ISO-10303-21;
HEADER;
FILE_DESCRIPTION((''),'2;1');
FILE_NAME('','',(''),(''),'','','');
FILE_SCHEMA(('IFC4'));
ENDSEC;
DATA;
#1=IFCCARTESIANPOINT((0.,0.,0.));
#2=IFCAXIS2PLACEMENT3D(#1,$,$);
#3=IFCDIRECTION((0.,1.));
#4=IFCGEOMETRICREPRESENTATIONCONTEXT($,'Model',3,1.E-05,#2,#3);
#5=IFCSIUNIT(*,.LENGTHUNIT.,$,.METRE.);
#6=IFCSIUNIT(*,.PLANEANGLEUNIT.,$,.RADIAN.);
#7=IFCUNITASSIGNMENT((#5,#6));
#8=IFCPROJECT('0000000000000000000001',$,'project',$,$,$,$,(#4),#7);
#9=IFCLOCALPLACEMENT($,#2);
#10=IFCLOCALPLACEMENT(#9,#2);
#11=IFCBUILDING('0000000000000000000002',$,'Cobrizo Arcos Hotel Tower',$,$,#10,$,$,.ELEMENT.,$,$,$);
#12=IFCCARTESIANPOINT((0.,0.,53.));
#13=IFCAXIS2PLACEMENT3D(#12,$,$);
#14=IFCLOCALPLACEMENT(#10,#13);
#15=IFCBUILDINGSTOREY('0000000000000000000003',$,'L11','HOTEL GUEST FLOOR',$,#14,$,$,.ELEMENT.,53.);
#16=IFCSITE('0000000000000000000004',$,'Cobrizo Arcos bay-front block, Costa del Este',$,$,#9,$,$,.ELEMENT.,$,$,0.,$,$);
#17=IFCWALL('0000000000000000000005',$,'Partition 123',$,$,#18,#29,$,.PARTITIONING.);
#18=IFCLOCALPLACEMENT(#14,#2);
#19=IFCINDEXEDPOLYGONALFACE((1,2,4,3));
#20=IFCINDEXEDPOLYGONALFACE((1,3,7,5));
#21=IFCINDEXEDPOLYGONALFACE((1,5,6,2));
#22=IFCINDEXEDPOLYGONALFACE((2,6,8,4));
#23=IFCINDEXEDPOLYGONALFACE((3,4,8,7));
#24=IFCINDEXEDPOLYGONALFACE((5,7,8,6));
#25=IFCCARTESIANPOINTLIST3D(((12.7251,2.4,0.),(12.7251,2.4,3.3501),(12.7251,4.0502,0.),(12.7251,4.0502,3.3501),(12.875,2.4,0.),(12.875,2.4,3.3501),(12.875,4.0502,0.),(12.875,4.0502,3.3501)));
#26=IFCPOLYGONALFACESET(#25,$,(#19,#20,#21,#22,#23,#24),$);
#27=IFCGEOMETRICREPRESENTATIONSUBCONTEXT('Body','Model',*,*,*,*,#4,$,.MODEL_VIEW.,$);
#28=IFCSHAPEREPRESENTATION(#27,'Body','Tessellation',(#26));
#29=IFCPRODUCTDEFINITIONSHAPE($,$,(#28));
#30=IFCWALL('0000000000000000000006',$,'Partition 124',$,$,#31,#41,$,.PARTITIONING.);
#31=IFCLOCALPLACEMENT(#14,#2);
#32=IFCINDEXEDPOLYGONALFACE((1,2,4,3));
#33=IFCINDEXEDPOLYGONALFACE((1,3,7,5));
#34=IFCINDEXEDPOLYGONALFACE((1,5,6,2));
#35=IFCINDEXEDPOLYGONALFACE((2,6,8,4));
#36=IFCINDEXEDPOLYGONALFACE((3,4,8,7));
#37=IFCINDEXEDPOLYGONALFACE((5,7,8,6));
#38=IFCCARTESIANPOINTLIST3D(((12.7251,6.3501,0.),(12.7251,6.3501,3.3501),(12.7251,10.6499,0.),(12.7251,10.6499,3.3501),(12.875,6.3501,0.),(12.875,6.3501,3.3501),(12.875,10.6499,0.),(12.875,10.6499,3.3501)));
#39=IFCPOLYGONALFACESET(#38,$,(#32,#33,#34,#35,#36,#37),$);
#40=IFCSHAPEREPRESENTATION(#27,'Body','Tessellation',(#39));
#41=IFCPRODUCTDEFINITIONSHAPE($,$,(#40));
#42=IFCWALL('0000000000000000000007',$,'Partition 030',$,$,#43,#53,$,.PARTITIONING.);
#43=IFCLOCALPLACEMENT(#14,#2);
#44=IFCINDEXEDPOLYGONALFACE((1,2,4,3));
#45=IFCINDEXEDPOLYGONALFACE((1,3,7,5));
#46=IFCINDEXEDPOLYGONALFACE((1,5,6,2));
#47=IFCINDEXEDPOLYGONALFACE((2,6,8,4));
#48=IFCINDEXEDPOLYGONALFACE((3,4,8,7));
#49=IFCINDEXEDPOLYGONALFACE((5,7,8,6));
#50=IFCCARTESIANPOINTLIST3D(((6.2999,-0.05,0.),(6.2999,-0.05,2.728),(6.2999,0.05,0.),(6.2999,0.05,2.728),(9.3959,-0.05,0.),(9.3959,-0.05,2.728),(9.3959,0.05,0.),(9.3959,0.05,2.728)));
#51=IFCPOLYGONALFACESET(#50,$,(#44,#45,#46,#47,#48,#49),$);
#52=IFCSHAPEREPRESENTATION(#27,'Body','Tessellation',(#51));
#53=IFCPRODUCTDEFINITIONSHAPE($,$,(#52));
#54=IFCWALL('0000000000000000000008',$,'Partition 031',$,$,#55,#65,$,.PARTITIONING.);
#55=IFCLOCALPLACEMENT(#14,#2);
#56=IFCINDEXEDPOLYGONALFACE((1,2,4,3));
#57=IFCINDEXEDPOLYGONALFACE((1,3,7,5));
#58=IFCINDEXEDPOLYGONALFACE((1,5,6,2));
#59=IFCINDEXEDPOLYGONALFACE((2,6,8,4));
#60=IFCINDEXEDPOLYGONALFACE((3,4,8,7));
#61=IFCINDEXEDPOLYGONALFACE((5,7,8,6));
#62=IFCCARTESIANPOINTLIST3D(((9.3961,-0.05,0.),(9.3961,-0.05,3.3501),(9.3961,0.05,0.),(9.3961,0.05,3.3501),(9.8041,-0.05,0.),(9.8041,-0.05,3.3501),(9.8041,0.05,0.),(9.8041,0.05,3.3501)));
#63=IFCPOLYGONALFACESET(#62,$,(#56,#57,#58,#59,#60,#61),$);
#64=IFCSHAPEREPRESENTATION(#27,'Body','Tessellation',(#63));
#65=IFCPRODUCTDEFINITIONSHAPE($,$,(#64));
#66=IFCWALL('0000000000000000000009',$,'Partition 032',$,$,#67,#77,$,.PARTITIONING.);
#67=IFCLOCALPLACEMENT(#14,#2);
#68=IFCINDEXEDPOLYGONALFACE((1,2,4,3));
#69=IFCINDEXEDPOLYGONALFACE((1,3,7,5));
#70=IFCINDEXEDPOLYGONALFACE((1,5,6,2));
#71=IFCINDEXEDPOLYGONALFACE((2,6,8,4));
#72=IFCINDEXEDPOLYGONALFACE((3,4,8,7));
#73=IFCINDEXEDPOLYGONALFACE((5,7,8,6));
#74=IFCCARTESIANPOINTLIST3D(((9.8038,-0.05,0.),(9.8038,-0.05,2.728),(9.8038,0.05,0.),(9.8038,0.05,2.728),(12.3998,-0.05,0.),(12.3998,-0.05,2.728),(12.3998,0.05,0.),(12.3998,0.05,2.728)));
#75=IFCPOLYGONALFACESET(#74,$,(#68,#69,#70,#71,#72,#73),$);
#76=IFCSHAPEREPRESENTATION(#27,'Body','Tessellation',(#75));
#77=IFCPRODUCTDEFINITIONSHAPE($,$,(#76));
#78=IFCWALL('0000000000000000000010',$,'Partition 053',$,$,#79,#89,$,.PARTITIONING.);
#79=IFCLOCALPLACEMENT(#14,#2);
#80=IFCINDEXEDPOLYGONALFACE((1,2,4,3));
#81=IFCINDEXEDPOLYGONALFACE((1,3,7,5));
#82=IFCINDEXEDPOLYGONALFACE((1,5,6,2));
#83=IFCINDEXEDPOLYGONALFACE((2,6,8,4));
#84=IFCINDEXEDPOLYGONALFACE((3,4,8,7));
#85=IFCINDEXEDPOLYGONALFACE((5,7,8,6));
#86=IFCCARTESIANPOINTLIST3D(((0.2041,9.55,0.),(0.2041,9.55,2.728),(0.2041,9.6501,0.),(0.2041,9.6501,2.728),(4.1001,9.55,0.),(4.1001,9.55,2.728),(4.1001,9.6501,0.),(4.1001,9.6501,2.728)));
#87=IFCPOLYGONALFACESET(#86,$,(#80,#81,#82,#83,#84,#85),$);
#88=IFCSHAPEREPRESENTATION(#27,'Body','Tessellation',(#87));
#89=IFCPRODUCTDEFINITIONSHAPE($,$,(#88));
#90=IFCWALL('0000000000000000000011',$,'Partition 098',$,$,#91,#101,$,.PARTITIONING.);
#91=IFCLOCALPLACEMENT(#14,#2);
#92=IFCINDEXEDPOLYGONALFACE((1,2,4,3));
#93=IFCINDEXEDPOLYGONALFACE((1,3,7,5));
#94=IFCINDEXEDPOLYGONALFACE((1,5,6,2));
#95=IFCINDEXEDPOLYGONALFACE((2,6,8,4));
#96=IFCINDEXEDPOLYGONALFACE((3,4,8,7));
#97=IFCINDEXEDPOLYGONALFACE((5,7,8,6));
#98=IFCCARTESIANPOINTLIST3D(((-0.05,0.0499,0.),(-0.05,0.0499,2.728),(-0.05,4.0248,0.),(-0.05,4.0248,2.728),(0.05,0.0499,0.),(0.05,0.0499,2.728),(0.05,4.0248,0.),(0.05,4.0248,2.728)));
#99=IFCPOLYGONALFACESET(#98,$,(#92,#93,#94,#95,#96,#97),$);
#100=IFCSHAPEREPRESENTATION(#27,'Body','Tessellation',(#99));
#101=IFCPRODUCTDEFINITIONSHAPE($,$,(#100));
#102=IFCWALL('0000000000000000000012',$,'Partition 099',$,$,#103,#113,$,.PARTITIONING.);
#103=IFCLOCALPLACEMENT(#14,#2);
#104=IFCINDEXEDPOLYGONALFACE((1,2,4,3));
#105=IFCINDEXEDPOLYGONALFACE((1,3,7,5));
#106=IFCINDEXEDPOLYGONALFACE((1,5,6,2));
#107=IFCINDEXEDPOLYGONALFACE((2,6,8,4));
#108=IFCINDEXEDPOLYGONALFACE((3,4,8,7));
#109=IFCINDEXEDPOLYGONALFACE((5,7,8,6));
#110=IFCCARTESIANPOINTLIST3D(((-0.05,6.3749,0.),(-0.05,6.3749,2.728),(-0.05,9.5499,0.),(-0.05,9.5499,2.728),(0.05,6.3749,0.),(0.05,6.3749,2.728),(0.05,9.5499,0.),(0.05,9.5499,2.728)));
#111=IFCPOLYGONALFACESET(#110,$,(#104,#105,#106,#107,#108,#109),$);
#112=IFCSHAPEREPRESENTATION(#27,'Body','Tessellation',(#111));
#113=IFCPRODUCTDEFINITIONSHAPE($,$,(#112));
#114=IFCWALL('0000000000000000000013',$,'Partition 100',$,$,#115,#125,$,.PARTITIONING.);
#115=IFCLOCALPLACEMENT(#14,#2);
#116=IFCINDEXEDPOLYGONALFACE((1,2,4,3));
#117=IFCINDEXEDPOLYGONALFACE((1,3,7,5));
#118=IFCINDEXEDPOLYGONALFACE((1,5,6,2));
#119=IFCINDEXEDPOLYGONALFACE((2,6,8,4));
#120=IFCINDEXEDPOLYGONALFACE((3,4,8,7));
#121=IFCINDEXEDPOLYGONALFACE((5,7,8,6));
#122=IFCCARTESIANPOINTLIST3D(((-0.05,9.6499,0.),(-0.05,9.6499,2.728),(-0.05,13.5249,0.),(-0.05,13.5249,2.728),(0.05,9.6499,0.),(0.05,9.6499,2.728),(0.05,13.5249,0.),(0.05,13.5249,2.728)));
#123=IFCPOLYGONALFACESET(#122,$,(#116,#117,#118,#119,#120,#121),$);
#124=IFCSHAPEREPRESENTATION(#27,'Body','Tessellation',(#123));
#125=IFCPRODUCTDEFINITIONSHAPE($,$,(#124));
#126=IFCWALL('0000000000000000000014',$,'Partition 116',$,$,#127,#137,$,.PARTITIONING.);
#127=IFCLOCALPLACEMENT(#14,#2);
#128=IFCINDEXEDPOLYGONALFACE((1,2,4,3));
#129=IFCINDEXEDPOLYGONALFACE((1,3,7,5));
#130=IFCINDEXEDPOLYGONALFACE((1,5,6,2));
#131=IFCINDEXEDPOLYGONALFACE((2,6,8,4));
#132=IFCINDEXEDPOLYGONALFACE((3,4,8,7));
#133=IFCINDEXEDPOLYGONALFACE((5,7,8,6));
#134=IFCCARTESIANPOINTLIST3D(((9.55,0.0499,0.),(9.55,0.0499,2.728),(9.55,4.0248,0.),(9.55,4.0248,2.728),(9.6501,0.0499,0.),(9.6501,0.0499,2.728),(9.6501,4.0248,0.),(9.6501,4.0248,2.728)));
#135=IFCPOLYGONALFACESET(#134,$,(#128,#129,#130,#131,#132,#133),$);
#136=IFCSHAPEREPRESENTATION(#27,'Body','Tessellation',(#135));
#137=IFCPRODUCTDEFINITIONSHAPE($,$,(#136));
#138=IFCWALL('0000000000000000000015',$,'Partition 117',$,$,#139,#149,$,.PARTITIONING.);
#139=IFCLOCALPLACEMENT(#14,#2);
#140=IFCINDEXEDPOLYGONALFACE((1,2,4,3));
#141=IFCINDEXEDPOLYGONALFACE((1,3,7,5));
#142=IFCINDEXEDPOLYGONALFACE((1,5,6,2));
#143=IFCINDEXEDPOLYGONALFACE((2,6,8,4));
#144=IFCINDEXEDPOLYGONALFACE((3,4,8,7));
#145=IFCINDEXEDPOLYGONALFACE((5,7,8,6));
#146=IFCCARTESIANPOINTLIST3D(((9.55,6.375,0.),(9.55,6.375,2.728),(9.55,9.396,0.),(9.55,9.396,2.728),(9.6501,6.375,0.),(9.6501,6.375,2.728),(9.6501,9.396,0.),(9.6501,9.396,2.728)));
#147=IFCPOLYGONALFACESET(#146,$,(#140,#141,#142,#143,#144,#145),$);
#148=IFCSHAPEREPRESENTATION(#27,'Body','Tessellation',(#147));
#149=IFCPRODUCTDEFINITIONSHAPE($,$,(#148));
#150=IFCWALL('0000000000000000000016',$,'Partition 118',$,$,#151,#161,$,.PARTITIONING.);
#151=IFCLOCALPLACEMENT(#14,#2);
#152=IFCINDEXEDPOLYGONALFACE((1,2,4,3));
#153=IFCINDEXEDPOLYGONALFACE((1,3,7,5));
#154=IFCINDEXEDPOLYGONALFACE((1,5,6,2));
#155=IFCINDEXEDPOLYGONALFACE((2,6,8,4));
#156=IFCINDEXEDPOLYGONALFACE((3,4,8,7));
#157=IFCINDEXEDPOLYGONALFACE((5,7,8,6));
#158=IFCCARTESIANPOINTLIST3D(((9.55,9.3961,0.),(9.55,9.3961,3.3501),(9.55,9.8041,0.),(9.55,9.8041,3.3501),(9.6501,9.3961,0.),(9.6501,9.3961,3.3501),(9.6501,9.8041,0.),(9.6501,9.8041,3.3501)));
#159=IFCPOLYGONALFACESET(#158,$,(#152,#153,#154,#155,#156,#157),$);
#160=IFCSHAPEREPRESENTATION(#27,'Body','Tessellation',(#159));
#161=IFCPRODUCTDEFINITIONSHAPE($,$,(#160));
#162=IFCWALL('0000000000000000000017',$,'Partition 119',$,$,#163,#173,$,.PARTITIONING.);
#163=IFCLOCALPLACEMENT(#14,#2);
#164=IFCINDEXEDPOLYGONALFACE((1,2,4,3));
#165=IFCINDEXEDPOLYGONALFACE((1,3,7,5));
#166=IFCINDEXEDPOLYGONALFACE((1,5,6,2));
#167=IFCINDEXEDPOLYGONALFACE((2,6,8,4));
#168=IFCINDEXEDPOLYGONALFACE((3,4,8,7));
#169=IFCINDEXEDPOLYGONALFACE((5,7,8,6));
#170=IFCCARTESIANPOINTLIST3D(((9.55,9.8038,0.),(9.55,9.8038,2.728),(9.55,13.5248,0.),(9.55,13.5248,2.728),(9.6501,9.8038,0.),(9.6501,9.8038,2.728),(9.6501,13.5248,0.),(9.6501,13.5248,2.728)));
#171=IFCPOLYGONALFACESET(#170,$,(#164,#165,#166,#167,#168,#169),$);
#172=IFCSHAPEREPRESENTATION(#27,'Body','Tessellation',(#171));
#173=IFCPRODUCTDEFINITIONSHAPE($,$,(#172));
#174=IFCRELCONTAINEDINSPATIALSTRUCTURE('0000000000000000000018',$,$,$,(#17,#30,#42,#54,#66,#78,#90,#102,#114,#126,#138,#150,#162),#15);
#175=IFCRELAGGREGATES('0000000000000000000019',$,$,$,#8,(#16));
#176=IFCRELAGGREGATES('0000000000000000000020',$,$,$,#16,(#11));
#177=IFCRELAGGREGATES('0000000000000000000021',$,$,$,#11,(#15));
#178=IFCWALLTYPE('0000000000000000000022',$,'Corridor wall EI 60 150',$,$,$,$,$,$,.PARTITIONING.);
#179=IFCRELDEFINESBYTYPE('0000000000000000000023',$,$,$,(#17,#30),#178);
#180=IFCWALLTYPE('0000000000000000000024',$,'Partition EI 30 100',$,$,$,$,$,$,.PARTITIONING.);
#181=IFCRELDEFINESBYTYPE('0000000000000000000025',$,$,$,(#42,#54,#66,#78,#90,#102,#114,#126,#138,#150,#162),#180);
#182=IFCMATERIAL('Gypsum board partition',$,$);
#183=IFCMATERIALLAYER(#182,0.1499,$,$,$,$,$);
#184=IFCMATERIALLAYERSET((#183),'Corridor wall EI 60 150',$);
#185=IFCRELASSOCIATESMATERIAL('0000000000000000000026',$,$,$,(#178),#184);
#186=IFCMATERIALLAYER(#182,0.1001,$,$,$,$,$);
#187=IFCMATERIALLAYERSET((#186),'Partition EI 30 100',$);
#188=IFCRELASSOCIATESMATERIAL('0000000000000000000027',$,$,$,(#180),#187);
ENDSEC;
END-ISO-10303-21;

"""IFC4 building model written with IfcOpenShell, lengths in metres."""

from ifc_helpers import new_model, si_unit, direction, frame, frame_2d, origin, place, context, subcontext, project, spatial, rectangle, extrude, material, layer, layer_set, type_object, element, save


model = new_model("IFC4")

# Units and contexts
model_context = context("Model", 3, precision=1e-05, world=origin(), true_north=direction((0.0, 1.0)))
body_context = subcontext(model_context, "Body", "Model", "MODEL_VIEW")
ifc_project = project(units=[si_unit("LENGTHUNIT", "METRE"), si_unit("PLANEANGLEUNIT", "RADIAN")], contexts=[model_context])

# Site, building, storey
site_placement = place(None, origin())
site = spatial("IfcSite", under=ifc_project, at=site_placement, Name="Cobrizo Arcos bay-front block, Costa del Este", CompositionType="ELEMENT", RefElevation=0.0)
building_placement = place(site_placement, origin())
building = spatial("IfcBuilding", under=site, at=building_placement, Name="Cobrizo Arcos Hotel Tower", CompositionType="ELEMENT")
storey_placement = place(building_placement, frame((0.0, 0.0, 53.0)))
storey = spatial("IfcBuildingStorey", under=building, at=storey_placement, Name="L11", Description="HOTEL GUEST FLOOR", CompositionType="ELEMENT", Elevation=53.0)

# Shared definitions
ifc_material_1 = material(Name="Gypsum board partition")
ifc_layer_1 = layer(ifc_material_1, 0.1499)
ifc_layer_set_1 = layer_set([ifc_layer_1], Name="Corridor wall EI 60 150")
wall_type_1 = type_object("IfcWallType", Name="Corridor wall EI 60 150", PredefinedType="PARTITIONING", material=ifc_layer_set_1)

# Walls
wall_1_placement = place(storey_placement, frame((12.8, 2.3999, 0.0), z_axis=(0.0, 0.0, 1.0), x_axis=(0.0, 1.0, 0.0)))
element("IfcWall", 1, at=wall_1_placement, inside=storey, type_object=wall_type_1, Name="Partition 123", PredefinedType="PARTITIONING", context=body_context, shape_type="SweptSolid", body=[
    extrude(rectangle(XDim=1.6501, YDim=0.1499, at=frame_2d((0.8252, 0.0))), origin(), (0.0, 0.0, 1.0), 3.3501),
])
wall_2_placement = place(storey_placement, frame((12.8, 6.3501, 0.0), z_axis=(0.0, 0.0, 1.0), x_axis=(0.0, 1.0, 0.0)))
element("IfcWall", 2, at=wall_2_placement, inside=storey, type_object=wall_type_1, Name="Partition 124", PredefinedType="PARTITIONING", context=body_context, shape_type="SweptSolid", body=[
    extrude(rectangle(XDim=4.2998, YDim=0.1499, at=frame_2d((2.1499, 0.0))), origin(), (0.0, 0.0, 1.0), 3.3501),
])
ifc_layer_2 = layer(ifc_material_1, 0.1001)
ifc_layer_set_2 = layer_set([ifc_layer_2], Name="Partition EI 30 100")
wall_type_2 = type_object("IfcWallType", Name="Partition EI 30 100", PredefinedType="PARTITIONING", material=ifc_layer_set_2)
wall_3_placement = place(storey_placement, frame((6.3, 0.0, 0.0), z_axis=(0.0, 0.0, 1.0), x_axis=(1.0, 0.0, 0.0)))
element("IfcWall", 3, at=wall_3_placement, inside=storey, type_object=wall_type_2, Name="Partition 030", PredefinedType="PARTITIONING", context=body_context, shape_type="SweptSolid", body=[
    extrude(rectangle(XDim=3.0959, YDim=0.1001, at=frame_2d((1.5479, 0.0))), origin(), (0.0, 0.0, 1.0), 2.728),
])
wall_4_placement = place(storey_placement, frame((9.396, 0.0, 0.0), z_axis=(0.0, 0.0, 1.0), x_axis=(1.0, 0.0, 0.0)))
element("IfcWall", 4, at=wall_4_placement, inside=storey, type_object=wall_type_2, Name="Partition 031", PredefinedType="PARTITIONING", context=body_context, shape_type="SweptSolid", body=[
    extrude(rectangle(XDim=0.408, YDim=0.1001, at=frame_2d((0.2041, 0.0))), origin(), (0.0, 0.0, 1.0), 3.3501),
])
wall_5_placement = place(storey_placement, frame((9.804, 0.0, 0.0), z_axis=(0.0, 0.0, 1.0), x_axis=(1.0, 0.0, 0.0)))
element("IfcWall", 5, at=wall_5_placement, inside=storey, type_object=wall_type_2, Name="Partition 032", PredefinedType="PARTITIONING", context=body_context, shape_type="SweptSolid", body=[
    extrude(rectangle(XDim=2.5959, YDim=0.1001, at=frame_2d((1.2979, 0.0))), origin(), (0.0, 0.0, 1.0), 2.728),
])
wall_6_placement = place(storey_placement, frame((0.2041, 9.6001, 0.0), z_axis=(0.0, 0.0, 1.0), x_axis=(1.0, 0.0, 0.0)))
element("IfcWall", 6, at=wall_6_placement, inside=storey, type_object=wall_type_2, Name="Partition 053", PredefinedType="PARTITIONING", context=body_context, shape_type="SweptSolid", body=[
    extrude(rectangle(XDim=3.896, YDim=0.1001, at=frame_2d((1.948, 0.0))), origin(), (0.0, 0.0, 1.0), 2.728),
])
wall_7_placement = place(storey_placement, frame((0.0, 0.05, 0.0), z_axis=(0.0, 0.0, 1.0), x_axis=(0.0, 1.0, 0.0)))
element("IfcWall", 7, at=wall_7_placement, inside=storey, type_object=wall_type_2, Name="Partition 098", PredefinedType="PARTITIONING", context=body_context, shape_type="SweptSolid", body=[
    extrude(rectangle(XDim=3.9749, YDim=0.1001, at=frame_2d((1.9873, 0.0))), origin(), (0.0, 0.0, 1.0), 2.728),
])
wall_8_placement = place(storey_placement, frame((0.0, 6.375, 0.0), z_axis=(0.0, 0.0, 1.0), x_axis=(0.0, 1.0, 0.0)))
element("IfcWall", 8, at=wall_8_placement, inside=storey, type_object=wall_type_2, Name="Partition 099", PredefinedType="PARTITIONING", context=body_context, shape_type="SweptSolid", body=[
    extrude(rectangle(XDim=3.175, YDim=0.1001, at=frame_2d((1.5874, 0.0))), origin(), (0.0, 0.0, 1.0), 2.728),
])
wall_9_placement = place(storey_placement, frame((0.0, 9.6499, 0.0), z_axis=(0.0, 0.0, 1.0), x_axis=(0.0, 1.0, 0.0)))
element("IfcWall", 9, at=wall_9_placement, inside=storey, type_object=wall_type_2, Name="Partition 100", PredefinedType="PARTITIONING", context=body_context, shape_type="SweptSolid", body=[
    extrude(rectangle(XDim=3.875, YDim=0.1001, at=frame_2d((1.9375, 0.0))), origin(), (0.0, 0.0, 1.0), 2.728),
])
wall_10_placement = place(storey_placement, frame((9.6001, 0.05, 0.0), z_axis=(0.0, 0.0, 1.0), x_axis=(0.0, 1.0, 0.0)))
element("IfcWall", 10, at=wall_10_placement, inside=storey, type_object=wall_type_2, Name="Partition 116", PredefinedType="PARTITIONING", context=body_context, shape_type="SweptSolid", body=[
    extrude(rectangle(XDim=3.9749, YDim=0.1001, at=frame_2d((1.9873, 0.0))), origin(), (0.0, 0.0, 1.0), 2.728),
])
wall_11_placement = place(storey_placement, frame((9.6001, 6.375, 0.0), z_axis=(0.0, 0.0, 1.0), x_axis=(0.0, 1.0, 0.0)))
element("IfcWall", 11, at=wall_11_placement, inside=storey, type_object=wall_type_2, Name="Partition 117", PredefinedType="PARTITIONING", context=body_context, shape_type="SweptSolid", body=[
    extrude(rectangle(XDim=3.021, YDim=0.1001, at=frame_2d((1.5105, 0.0))), origin(), (0.0, 0.0, 1.0), 2.728),
])
wall_12_placement = place(storey_placement, frame((9.6001, 9.396, 0.0), z_axis=(0.0, 0.0, 1.0), x_axis=(0.0, 1.0, 0.0)))
element("IfcWall", 12, at=wall_12_placement, inside=storey, type_object=wall_type_2, Name="Partition 118", PredefinedType="PARTITIONING", context=body_context, shape_type="SweptSolid", body=[
    extrude(rectangle(XDim=0.408, YDim=0.1001, at=frame_2d((0.2041, 0.0))), origin(), (0.0, 0.0, 1.0), 3.3501),
])
wall_13_placement = place(storey_placement, frame((9.6001, 9.804, 0.0), z_axis=(0.0, 0.0, 1.0), x_axis=(0.0, 1.0, 0.0)))
element("IfcWall", 13, at=wall_13_placement, inside=storey, type_object=wall_type_2, Name="Partition 119", PredefinedType="PARTITIONING", context=body_context, shape_type="SweptSolid", body=[
    extrude(rectangle(XDim=3.7209, YDim=0.1001, at=frame_2d((1.8604, 0.0))), origin(), (0.0, 0.0, 1.0), 2.728),
])

save(model, "model.ifc")
